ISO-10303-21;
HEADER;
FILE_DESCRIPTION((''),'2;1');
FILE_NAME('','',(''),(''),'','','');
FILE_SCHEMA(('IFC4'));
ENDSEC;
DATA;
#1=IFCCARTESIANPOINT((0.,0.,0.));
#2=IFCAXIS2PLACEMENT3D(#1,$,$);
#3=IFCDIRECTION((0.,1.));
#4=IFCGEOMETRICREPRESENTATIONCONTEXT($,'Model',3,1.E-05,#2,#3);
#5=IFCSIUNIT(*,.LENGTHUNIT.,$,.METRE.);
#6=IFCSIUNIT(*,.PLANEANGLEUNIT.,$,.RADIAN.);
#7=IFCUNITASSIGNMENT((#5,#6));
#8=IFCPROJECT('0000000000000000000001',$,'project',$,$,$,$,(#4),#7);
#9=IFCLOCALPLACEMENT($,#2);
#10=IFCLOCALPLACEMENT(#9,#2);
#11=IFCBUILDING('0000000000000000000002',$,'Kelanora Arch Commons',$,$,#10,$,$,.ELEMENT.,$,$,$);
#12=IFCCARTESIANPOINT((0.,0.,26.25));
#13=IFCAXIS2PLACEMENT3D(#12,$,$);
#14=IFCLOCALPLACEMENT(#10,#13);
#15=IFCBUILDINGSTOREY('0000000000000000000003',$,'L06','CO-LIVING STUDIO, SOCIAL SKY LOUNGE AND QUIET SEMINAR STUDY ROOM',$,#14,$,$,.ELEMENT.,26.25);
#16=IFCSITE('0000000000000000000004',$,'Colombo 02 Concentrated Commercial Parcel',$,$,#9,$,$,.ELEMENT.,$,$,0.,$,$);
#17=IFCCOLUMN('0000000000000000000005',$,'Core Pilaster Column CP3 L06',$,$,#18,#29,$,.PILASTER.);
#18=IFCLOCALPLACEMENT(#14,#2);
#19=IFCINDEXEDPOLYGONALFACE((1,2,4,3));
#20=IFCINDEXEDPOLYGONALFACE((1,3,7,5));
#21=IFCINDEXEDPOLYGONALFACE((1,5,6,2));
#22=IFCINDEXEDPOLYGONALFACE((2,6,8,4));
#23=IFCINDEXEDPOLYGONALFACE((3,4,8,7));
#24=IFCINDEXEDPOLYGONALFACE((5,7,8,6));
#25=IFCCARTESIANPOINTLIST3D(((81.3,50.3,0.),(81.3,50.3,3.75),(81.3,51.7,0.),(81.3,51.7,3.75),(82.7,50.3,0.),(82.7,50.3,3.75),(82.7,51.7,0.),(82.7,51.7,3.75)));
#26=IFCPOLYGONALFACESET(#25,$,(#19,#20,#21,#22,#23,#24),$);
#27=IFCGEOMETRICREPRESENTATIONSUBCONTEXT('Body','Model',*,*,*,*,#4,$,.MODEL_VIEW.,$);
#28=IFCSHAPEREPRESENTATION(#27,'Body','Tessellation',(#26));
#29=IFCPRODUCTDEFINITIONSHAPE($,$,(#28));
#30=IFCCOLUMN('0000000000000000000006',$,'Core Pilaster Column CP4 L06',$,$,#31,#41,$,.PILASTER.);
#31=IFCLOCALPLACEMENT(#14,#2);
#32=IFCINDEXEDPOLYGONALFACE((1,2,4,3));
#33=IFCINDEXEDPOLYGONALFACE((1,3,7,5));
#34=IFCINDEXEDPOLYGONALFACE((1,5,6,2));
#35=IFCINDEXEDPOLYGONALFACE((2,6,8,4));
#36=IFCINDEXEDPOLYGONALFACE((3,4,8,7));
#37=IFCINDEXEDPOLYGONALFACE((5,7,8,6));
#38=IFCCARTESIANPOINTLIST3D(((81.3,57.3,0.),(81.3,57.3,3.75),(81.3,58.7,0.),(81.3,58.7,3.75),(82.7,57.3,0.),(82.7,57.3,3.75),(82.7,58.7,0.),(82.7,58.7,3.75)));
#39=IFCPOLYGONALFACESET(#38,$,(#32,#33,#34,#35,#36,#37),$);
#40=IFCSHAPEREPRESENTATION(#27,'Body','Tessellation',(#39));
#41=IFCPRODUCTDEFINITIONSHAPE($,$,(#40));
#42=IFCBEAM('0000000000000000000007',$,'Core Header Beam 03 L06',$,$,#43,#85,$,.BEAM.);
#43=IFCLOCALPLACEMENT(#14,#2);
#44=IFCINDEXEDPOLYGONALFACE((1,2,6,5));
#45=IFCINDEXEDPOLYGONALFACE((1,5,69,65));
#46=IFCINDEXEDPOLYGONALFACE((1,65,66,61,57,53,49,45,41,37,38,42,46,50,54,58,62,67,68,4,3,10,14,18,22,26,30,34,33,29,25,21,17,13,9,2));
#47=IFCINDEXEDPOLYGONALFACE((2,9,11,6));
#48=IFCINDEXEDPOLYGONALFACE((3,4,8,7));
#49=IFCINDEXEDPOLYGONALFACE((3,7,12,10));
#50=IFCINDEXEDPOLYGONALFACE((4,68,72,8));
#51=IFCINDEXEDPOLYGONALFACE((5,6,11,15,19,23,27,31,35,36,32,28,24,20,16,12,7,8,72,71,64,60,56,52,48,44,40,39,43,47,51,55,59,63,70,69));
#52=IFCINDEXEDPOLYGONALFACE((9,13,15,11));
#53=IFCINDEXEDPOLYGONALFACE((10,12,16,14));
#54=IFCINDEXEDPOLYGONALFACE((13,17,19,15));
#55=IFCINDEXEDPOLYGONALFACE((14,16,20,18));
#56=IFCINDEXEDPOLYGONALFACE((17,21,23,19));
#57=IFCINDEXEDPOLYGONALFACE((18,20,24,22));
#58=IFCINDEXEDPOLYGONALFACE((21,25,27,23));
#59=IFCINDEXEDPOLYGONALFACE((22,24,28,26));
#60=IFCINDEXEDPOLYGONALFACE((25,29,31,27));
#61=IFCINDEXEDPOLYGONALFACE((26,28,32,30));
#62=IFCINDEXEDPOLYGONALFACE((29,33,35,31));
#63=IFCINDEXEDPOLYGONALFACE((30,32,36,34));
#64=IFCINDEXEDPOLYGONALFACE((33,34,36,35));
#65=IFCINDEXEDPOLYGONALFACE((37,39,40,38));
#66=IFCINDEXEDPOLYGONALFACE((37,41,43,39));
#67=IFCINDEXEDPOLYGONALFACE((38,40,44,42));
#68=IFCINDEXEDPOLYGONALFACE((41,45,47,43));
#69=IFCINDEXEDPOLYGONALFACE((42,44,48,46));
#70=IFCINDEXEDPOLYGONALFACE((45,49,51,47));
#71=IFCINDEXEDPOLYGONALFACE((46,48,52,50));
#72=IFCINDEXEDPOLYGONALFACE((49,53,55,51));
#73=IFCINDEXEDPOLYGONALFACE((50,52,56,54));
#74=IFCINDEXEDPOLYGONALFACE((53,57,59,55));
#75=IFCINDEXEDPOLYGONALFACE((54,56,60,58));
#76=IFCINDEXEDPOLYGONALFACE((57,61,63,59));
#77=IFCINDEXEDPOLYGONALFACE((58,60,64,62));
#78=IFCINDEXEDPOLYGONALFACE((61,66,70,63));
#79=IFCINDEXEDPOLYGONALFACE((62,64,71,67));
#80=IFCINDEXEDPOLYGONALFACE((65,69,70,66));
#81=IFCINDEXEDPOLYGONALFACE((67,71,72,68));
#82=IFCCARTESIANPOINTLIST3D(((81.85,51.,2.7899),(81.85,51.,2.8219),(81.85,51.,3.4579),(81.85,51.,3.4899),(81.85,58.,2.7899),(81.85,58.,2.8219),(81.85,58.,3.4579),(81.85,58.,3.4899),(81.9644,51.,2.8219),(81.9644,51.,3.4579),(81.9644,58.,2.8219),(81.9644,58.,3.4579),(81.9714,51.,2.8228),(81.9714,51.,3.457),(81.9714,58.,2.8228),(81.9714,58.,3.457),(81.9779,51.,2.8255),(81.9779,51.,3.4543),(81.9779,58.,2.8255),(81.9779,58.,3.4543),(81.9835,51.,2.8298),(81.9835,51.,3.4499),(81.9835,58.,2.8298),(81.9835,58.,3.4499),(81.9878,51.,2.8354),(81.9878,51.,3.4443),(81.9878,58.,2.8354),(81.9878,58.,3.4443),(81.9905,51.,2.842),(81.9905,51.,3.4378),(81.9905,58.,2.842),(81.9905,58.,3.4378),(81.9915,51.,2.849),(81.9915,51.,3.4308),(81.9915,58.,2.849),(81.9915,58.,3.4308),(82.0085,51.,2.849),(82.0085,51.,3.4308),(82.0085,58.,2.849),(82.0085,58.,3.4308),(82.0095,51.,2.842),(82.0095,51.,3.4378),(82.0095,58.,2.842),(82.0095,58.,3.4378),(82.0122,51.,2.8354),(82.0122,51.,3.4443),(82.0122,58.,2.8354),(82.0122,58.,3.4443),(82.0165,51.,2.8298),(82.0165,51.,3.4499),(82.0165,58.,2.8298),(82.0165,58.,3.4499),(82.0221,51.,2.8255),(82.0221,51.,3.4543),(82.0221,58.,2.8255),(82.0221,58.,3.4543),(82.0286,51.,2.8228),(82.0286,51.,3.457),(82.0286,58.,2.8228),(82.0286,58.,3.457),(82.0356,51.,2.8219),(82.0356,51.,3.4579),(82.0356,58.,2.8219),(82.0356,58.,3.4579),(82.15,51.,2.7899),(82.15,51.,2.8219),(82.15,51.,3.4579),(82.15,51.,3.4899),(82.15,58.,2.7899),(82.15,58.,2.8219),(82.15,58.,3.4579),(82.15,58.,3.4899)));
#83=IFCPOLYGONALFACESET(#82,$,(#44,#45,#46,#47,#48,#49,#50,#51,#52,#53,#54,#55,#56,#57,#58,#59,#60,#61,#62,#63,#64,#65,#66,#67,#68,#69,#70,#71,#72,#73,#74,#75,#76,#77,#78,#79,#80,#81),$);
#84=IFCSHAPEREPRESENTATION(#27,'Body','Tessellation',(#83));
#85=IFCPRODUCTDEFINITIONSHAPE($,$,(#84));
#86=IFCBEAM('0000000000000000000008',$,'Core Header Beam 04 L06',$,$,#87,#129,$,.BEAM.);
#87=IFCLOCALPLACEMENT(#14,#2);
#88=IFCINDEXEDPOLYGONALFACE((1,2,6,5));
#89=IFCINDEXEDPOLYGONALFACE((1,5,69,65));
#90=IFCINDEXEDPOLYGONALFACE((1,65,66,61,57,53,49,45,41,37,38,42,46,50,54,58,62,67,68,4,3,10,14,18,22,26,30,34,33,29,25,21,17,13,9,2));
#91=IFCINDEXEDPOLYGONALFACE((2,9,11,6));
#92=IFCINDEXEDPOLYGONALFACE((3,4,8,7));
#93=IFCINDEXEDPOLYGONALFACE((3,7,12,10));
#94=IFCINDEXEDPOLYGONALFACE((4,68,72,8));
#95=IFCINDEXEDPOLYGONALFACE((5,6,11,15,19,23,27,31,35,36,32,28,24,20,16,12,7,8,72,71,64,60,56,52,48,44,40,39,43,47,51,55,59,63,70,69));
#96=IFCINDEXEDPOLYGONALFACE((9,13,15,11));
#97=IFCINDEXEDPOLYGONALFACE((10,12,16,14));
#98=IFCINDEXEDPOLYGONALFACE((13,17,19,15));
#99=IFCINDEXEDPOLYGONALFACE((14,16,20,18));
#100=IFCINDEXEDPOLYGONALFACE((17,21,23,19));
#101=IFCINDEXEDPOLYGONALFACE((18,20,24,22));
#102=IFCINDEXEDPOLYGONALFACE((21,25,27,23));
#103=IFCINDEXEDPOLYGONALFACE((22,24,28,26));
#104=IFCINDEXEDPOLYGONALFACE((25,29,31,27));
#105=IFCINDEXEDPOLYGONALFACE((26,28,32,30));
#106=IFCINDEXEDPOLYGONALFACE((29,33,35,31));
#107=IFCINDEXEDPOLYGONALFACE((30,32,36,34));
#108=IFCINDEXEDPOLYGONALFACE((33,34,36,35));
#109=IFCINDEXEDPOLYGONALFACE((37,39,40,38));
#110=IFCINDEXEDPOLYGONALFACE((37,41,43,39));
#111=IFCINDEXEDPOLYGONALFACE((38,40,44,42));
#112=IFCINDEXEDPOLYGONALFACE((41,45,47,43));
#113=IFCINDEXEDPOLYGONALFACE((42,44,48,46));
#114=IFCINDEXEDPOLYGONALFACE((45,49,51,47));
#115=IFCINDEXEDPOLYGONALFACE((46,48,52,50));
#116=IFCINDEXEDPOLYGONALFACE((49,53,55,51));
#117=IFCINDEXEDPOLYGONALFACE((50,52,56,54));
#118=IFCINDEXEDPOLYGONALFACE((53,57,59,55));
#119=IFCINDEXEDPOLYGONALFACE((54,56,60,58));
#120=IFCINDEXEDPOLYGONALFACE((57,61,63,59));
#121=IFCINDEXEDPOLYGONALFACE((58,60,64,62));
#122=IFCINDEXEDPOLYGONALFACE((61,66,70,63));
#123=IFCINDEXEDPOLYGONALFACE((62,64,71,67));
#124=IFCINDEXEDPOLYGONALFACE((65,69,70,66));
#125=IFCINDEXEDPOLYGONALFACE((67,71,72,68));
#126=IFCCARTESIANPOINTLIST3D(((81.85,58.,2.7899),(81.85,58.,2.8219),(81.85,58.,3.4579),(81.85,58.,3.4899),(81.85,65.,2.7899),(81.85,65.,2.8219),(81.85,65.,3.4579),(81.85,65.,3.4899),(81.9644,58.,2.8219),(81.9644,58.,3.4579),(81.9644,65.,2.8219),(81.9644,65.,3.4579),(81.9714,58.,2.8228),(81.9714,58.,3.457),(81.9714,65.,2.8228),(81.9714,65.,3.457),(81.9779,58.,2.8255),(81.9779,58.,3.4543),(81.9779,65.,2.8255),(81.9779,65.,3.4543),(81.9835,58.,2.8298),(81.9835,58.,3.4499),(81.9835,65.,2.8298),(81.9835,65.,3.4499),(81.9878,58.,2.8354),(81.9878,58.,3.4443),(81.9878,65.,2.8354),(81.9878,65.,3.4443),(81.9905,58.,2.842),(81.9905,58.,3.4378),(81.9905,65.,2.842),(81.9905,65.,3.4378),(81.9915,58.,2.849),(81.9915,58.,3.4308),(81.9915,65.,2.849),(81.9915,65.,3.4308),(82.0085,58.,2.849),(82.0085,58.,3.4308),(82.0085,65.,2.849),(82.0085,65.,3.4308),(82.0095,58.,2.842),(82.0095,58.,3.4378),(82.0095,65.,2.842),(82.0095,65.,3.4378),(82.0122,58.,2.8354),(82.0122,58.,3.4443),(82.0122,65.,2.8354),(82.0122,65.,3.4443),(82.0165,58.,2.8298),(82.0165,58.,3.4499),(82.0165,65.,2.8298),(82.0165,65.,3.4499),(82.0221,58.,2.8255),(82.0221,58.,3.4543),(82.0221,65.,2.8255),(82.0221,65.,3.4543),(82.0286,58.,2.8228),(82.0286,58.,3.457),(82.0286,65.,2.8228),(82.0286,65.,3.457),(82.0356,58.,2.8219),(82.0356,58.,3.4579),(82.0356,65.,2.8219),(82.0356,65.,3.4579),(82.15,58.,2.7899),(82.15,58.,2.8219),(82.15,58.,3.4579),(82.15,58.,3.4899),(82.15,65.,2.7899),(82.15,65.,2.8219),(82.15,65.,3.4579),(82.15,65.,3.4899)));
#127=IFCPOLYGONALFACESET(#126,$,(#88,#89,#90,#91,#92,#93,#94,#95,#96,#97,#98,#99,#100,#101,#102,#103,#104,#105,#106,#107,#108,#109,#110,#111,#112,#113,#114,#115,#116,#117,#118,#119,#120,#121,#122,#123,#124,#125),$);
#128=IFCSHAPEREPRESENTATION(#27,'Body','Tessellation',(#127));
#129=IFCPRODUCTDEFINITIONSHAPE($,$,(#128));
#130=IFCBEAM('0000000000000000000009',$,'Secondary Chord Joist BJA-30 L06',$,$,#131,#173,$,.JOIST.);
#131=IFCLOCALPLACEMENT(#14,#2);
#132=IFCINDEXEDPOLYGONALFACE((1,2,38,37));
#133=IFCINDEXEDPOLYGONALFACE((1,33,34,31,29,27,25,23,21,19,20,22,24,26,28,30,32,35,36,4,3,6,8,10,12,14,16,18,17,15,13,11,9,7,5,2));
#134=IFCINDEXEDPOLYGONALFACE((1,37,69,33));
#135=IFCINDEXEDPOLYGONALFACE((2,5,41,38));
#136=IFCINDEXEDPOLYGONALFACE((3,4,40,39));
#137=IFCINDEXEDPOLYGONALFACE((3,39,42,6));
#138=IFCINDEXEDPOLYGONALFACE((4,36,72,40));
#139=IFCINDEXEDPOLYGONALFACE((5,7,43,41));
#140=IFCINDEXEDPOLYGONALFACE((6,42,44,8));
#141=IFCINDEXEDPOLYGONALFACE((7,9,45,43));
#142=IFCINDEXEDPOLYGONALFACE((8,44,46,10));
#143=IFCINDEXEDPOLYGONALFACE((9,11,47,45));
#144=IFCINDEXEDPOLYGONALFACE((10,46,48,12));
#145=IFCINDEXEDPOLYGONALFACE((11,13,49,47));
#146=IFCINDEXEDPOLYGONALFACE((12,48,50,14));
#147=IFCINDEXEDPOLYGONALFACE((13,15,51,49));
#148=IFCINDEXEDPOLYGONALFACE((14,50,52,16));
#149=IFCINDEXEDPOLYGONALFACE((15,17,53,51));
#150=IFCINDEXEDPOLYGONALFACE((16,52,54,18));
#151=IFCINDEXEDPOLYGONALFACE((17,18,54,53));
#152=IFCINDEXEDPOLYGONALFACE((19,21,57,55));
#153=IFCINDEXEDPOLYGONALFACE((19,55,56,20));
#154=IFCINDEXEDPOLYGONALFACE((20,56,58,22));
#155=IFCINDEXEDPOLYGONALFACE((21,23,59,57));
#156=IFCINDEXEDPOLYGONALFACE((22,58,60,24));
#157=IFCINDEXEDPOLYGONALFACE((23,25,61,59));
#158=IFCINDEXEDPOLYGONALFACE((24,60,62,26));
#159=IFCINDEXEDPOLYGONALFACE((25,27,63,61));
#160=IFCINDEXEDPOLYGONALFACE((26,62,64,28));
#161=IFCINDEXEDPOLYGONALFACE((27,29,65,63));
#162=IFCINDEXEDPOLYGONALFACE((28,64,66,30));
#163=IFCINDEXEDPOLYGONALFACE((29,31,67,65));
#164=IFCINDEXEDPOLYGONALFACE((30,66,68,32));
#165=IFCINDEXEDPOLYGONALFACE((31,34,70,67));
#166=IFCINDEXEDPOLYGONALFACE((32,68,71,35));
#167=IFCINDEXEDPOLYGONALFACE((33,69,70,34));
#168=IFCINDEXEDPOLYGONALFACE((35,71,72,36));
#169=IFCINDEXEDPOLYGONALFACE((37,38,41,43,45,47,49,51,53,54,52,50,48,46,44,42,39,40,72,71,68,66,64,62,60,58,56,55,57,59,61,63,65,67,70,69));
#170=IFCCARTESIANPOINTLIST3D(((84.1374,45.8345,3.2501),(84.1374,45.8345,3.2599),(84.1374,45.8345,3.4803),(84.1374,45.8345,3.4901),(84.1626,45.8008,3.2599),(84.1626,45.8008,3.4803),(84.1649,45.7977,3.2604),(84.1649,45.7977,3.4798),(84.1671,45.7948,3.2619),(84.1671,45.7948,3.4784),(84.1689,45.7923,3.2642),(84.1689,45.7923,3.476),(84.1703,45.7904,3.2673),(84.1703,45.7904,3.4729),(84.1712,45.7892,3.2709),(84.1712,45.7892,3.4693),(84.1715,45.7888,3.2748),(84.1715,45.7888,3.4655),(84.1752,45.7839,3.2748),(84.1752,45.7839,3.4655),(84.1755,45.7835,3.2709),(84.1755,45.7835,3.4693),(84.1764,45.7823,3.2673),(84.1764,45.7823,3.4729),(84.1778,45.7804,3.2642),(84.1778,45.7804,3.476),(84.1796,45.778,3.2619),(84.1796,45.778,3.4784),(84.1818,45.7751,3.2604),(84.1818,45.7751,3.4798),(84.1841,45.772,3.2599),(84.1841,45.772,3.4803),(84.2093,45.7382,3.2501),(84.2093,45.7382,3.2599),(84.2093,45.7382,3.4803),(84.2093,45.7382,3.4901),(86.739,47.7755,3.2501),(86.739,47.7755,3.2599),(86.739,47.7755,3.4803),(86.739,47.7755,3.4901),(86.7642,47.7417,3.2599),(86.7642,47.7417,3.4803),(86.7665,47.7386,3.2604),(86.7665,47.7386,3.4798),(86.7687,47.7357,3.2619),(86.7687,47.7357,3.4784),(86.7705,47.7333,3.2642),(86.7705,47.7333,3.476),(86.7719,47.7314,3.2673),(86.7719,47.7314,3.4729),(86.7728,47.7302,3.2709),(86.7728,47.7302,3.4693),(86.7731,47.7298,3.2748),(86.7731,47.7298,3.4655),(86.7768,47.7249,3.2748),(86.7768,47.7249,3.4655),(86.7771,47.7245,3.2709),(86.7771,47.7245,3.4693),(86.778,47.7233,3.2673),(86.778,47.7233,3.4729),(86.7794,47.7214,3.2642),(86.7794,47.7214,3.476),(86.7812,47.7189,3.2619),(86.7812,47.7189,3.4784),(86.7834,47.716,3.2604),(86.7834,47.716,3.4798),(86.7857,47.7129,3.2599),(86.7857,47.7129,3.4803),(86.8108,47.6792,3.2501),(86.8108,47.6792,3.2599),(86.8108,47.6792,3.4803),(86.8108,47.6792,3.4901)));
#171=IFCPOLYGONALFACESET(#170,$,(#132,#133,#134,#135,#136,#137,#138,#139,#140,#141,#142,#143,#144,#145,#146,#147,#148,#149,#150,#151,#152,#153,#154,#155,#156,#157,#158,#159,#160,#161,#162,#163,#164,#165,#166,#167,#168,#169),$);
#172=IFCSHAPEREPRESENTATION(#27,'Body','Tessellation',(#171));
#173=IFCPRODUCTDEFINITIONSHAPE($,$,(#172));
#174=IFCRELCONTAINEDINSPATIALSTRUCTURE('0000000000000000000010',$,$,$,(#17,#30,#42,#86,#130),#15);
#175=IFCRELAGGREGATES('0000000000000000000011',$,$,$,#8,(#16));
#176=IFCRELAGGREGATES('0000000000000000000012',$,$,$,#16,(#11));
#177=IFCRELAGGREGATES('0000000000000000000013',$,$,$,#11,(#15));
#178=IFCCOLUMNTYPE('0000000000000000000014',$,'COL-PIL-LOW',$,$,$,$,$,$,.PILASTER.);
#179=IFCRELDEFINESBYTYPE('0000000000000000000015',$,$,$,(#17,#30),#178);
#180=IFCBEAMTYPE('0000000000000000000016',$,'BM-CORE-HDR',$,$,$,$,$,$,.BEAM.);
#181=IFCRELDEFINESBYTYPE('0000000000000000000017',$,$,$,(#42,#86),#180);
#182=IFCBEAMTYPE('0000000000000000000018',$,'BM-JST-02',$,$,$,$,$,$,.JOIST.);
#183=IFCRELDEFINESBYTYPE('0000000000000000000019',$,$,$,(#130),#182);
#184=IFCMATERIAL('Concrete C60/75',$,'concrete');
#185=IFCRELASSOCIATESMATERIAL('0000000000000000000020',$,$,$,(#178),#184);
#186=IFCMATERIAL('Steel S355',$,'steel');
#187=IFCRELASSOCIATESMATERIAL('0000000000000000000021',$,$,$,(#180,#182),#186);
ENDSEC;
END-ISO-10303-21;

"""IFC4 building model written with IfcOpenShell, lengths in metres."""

from ifc_helpers import new_model, si_unit, direction, frame, origin, origin_2d, place, context, subcontext, project, spatial, rectangle, i_section, extrude, material, material_profile, profile_set, type_object, element, save


model = new_model("IFC4")

# Units and contexts
model_context = context("Model", 3, precision=1e-05, world=origin(), true_north=direction((0.0, 1.0)))
body_context = subcontext(model_context, "Body", "Model", "MODEL_VIEW")
ifc_project = project(units=[si_unit("LENGTHUNIT", "METRE"), si_unit("PLANEANGLEUNIT", "RADIAN")], contexts=[model_context])

# Site, building, storey
site_placement = place(None, origin())
site = spatial("IfcSite", under=ifc_project, at=site_placement, Name="Colombo 02 Concentrated Commercial Parcel", CompositionType="ELEMENT", RefElevation=0.0)
building_placement = place(site_placement, origin())
building = spatial("IfcBuilding", under=site, at=building_placement, Name="Kelanora Arch Commons", CompositionType="ELEMENT")
storey_placement = place(building_placement, frame((0.0, 0.0, 26.25)))
storey = spatial("IfcBuildingStorey", under=building, at=storey_placement, Name="L06", Description="CO-LIVING STUDIO, SOCIAL SKY LOUNGE AND QUIET SEMINAR STUDY ROOM", CompositionType="ELEMENT", Elevation=26.25)

# Columns
ifc_material_1 = material(Name="Concrete C60/75", Category="concrete")
ifc_material_profile_1 = material_profile(ifc_material_1, rectangle(XDim=1.3999, YDim=1.3999, at=origin_2d()), Name="RC1400x1400")
ifc_profile_set_1 = profile_set([ifc_material_profile_1], Name="Concrete C60/75")
column_type = type_object("IfcColumnType", Name="COL-PIL-LOW", PredefinedType="PILASTER", material=ifc_profile_set_1)
for number, where, z_axis, x_axis, name in (
    (1, (82.0, 51.0, 0.0), (0.0, 0.0, 1.0), (1.0, 0.0, 0.0), "Core Pilaster Column CP3 L06"),
    (2, (82.0, 58.0, 0.0), (0.0, 0.0, 1.0), (1.0, 0.0, 0.0), "Core Pilaster Column CP4 L06"),
):
    element("IfcColumn", number, at=place(storey_placement, frame(where, z_axis=z_axis, x_axis=x_axis)), inside=storey, type_object=column_type, Name=name, PredefinedType="PILASTER", context=body_context, shape_type="SweptSolid", body=[
        extrude(rectangle(XDim=1.3999, YDim=1.3999, at=origin_2d()), origin(), (0.0, 0.0, 1.0), 3.75),
    ])

# Beams
ifc_material_2 = material(Name="Steel S355", Category="steel")
ifc_material_profile_2 = material_profile(ifc_material_2, i_section(OverallWidth=0.3, OverallDepth=0.7, WebThickness=0.0171, FlangeThickness=0.032, FilletRadius=0.0271, at=origin_2d()), Name="HEB700")
ifc_profile_set_2 = profile_set([ifc_material_profile_2], Name="Steel S355")
beam_type_1 = type_object("IfcBeamType", Name="BM-CORE-HDR", PredefinedType="BEAM", material=ifc_profile_set_2)
for number, where, z_axis, x_axis, name in (
    (3, (82.0, 51.0, 3.1399), (0.0, 1.0, 0.0), (-1.0, 0.0, 0.0), "Core Header Beam 03 L06"),
    (4, (82.0, 58.0, 3.1399), (0.0, 1.0, 0.0), (-1.0, 0.0, 0.0), "Core Header Beam 04 L06"),
):
    element("IfcBeam", number, at=place(storey_placement, frame(where, z_axis=z_axis, x_axis=x_axis)), inside=storey, type_object=beam_type_1, Name=name, PredefinedType="BEAM", context=body_context, shape_type="SweptSolid", body=[
        extrude(i_section(OverallWidth=0.3, OverallDepth=0.7, WebThickness=0.0171, FlangeThickness=0.032, FilletRadius=0.0271, at=origin_2d()), origin(), (0.0, 0.0, 1.0), 7.0),
    ])
ifc_material_profile_3 = material_profile(ifc_material_2, i_section(OverallWidth=0.1201, OverallDepth=0.24, WebThickness=0.0061, FlangeThickness=0.0098, FilletRadius=0.0149, at=origin_2d()), Name="IPE240")
ifc_profile_set_3 = profile_set([ifc_material_profile_3], Name="Steel S355")
beam_type_2 = type_object("IfcBeamType", Name="BM-JST-02", PredefinedType="JOIST", material=ifc_profile_set_3)
beam_1_placement = place(storey_placement, frame((84.1733, 45.7864, 3.3701), z_axis=(0.801514, 0.597976, 0.0), x_axis=(-0.597976, 0.801514, 0.0)))
element("IfcBeam", 5, at=beam_1_placement, inside=storey, type_object=beam_type_2, Name="Secondary Chord Joist BJA-30 L06", PredefinedType="JOIST", context=body_context, shape_type="SweptSolid", body=[
    extrude(i_section(OverallWidth=0.1201, OverallDepth=0.24, WebThickness=0.0061, FlangeThickness=0.0098, FilletRadius=0.0149, at=origin_2d()), origin(), (0.0, 0.0, 1.0), 3.2458),
])

save(model, "model.ifc")
